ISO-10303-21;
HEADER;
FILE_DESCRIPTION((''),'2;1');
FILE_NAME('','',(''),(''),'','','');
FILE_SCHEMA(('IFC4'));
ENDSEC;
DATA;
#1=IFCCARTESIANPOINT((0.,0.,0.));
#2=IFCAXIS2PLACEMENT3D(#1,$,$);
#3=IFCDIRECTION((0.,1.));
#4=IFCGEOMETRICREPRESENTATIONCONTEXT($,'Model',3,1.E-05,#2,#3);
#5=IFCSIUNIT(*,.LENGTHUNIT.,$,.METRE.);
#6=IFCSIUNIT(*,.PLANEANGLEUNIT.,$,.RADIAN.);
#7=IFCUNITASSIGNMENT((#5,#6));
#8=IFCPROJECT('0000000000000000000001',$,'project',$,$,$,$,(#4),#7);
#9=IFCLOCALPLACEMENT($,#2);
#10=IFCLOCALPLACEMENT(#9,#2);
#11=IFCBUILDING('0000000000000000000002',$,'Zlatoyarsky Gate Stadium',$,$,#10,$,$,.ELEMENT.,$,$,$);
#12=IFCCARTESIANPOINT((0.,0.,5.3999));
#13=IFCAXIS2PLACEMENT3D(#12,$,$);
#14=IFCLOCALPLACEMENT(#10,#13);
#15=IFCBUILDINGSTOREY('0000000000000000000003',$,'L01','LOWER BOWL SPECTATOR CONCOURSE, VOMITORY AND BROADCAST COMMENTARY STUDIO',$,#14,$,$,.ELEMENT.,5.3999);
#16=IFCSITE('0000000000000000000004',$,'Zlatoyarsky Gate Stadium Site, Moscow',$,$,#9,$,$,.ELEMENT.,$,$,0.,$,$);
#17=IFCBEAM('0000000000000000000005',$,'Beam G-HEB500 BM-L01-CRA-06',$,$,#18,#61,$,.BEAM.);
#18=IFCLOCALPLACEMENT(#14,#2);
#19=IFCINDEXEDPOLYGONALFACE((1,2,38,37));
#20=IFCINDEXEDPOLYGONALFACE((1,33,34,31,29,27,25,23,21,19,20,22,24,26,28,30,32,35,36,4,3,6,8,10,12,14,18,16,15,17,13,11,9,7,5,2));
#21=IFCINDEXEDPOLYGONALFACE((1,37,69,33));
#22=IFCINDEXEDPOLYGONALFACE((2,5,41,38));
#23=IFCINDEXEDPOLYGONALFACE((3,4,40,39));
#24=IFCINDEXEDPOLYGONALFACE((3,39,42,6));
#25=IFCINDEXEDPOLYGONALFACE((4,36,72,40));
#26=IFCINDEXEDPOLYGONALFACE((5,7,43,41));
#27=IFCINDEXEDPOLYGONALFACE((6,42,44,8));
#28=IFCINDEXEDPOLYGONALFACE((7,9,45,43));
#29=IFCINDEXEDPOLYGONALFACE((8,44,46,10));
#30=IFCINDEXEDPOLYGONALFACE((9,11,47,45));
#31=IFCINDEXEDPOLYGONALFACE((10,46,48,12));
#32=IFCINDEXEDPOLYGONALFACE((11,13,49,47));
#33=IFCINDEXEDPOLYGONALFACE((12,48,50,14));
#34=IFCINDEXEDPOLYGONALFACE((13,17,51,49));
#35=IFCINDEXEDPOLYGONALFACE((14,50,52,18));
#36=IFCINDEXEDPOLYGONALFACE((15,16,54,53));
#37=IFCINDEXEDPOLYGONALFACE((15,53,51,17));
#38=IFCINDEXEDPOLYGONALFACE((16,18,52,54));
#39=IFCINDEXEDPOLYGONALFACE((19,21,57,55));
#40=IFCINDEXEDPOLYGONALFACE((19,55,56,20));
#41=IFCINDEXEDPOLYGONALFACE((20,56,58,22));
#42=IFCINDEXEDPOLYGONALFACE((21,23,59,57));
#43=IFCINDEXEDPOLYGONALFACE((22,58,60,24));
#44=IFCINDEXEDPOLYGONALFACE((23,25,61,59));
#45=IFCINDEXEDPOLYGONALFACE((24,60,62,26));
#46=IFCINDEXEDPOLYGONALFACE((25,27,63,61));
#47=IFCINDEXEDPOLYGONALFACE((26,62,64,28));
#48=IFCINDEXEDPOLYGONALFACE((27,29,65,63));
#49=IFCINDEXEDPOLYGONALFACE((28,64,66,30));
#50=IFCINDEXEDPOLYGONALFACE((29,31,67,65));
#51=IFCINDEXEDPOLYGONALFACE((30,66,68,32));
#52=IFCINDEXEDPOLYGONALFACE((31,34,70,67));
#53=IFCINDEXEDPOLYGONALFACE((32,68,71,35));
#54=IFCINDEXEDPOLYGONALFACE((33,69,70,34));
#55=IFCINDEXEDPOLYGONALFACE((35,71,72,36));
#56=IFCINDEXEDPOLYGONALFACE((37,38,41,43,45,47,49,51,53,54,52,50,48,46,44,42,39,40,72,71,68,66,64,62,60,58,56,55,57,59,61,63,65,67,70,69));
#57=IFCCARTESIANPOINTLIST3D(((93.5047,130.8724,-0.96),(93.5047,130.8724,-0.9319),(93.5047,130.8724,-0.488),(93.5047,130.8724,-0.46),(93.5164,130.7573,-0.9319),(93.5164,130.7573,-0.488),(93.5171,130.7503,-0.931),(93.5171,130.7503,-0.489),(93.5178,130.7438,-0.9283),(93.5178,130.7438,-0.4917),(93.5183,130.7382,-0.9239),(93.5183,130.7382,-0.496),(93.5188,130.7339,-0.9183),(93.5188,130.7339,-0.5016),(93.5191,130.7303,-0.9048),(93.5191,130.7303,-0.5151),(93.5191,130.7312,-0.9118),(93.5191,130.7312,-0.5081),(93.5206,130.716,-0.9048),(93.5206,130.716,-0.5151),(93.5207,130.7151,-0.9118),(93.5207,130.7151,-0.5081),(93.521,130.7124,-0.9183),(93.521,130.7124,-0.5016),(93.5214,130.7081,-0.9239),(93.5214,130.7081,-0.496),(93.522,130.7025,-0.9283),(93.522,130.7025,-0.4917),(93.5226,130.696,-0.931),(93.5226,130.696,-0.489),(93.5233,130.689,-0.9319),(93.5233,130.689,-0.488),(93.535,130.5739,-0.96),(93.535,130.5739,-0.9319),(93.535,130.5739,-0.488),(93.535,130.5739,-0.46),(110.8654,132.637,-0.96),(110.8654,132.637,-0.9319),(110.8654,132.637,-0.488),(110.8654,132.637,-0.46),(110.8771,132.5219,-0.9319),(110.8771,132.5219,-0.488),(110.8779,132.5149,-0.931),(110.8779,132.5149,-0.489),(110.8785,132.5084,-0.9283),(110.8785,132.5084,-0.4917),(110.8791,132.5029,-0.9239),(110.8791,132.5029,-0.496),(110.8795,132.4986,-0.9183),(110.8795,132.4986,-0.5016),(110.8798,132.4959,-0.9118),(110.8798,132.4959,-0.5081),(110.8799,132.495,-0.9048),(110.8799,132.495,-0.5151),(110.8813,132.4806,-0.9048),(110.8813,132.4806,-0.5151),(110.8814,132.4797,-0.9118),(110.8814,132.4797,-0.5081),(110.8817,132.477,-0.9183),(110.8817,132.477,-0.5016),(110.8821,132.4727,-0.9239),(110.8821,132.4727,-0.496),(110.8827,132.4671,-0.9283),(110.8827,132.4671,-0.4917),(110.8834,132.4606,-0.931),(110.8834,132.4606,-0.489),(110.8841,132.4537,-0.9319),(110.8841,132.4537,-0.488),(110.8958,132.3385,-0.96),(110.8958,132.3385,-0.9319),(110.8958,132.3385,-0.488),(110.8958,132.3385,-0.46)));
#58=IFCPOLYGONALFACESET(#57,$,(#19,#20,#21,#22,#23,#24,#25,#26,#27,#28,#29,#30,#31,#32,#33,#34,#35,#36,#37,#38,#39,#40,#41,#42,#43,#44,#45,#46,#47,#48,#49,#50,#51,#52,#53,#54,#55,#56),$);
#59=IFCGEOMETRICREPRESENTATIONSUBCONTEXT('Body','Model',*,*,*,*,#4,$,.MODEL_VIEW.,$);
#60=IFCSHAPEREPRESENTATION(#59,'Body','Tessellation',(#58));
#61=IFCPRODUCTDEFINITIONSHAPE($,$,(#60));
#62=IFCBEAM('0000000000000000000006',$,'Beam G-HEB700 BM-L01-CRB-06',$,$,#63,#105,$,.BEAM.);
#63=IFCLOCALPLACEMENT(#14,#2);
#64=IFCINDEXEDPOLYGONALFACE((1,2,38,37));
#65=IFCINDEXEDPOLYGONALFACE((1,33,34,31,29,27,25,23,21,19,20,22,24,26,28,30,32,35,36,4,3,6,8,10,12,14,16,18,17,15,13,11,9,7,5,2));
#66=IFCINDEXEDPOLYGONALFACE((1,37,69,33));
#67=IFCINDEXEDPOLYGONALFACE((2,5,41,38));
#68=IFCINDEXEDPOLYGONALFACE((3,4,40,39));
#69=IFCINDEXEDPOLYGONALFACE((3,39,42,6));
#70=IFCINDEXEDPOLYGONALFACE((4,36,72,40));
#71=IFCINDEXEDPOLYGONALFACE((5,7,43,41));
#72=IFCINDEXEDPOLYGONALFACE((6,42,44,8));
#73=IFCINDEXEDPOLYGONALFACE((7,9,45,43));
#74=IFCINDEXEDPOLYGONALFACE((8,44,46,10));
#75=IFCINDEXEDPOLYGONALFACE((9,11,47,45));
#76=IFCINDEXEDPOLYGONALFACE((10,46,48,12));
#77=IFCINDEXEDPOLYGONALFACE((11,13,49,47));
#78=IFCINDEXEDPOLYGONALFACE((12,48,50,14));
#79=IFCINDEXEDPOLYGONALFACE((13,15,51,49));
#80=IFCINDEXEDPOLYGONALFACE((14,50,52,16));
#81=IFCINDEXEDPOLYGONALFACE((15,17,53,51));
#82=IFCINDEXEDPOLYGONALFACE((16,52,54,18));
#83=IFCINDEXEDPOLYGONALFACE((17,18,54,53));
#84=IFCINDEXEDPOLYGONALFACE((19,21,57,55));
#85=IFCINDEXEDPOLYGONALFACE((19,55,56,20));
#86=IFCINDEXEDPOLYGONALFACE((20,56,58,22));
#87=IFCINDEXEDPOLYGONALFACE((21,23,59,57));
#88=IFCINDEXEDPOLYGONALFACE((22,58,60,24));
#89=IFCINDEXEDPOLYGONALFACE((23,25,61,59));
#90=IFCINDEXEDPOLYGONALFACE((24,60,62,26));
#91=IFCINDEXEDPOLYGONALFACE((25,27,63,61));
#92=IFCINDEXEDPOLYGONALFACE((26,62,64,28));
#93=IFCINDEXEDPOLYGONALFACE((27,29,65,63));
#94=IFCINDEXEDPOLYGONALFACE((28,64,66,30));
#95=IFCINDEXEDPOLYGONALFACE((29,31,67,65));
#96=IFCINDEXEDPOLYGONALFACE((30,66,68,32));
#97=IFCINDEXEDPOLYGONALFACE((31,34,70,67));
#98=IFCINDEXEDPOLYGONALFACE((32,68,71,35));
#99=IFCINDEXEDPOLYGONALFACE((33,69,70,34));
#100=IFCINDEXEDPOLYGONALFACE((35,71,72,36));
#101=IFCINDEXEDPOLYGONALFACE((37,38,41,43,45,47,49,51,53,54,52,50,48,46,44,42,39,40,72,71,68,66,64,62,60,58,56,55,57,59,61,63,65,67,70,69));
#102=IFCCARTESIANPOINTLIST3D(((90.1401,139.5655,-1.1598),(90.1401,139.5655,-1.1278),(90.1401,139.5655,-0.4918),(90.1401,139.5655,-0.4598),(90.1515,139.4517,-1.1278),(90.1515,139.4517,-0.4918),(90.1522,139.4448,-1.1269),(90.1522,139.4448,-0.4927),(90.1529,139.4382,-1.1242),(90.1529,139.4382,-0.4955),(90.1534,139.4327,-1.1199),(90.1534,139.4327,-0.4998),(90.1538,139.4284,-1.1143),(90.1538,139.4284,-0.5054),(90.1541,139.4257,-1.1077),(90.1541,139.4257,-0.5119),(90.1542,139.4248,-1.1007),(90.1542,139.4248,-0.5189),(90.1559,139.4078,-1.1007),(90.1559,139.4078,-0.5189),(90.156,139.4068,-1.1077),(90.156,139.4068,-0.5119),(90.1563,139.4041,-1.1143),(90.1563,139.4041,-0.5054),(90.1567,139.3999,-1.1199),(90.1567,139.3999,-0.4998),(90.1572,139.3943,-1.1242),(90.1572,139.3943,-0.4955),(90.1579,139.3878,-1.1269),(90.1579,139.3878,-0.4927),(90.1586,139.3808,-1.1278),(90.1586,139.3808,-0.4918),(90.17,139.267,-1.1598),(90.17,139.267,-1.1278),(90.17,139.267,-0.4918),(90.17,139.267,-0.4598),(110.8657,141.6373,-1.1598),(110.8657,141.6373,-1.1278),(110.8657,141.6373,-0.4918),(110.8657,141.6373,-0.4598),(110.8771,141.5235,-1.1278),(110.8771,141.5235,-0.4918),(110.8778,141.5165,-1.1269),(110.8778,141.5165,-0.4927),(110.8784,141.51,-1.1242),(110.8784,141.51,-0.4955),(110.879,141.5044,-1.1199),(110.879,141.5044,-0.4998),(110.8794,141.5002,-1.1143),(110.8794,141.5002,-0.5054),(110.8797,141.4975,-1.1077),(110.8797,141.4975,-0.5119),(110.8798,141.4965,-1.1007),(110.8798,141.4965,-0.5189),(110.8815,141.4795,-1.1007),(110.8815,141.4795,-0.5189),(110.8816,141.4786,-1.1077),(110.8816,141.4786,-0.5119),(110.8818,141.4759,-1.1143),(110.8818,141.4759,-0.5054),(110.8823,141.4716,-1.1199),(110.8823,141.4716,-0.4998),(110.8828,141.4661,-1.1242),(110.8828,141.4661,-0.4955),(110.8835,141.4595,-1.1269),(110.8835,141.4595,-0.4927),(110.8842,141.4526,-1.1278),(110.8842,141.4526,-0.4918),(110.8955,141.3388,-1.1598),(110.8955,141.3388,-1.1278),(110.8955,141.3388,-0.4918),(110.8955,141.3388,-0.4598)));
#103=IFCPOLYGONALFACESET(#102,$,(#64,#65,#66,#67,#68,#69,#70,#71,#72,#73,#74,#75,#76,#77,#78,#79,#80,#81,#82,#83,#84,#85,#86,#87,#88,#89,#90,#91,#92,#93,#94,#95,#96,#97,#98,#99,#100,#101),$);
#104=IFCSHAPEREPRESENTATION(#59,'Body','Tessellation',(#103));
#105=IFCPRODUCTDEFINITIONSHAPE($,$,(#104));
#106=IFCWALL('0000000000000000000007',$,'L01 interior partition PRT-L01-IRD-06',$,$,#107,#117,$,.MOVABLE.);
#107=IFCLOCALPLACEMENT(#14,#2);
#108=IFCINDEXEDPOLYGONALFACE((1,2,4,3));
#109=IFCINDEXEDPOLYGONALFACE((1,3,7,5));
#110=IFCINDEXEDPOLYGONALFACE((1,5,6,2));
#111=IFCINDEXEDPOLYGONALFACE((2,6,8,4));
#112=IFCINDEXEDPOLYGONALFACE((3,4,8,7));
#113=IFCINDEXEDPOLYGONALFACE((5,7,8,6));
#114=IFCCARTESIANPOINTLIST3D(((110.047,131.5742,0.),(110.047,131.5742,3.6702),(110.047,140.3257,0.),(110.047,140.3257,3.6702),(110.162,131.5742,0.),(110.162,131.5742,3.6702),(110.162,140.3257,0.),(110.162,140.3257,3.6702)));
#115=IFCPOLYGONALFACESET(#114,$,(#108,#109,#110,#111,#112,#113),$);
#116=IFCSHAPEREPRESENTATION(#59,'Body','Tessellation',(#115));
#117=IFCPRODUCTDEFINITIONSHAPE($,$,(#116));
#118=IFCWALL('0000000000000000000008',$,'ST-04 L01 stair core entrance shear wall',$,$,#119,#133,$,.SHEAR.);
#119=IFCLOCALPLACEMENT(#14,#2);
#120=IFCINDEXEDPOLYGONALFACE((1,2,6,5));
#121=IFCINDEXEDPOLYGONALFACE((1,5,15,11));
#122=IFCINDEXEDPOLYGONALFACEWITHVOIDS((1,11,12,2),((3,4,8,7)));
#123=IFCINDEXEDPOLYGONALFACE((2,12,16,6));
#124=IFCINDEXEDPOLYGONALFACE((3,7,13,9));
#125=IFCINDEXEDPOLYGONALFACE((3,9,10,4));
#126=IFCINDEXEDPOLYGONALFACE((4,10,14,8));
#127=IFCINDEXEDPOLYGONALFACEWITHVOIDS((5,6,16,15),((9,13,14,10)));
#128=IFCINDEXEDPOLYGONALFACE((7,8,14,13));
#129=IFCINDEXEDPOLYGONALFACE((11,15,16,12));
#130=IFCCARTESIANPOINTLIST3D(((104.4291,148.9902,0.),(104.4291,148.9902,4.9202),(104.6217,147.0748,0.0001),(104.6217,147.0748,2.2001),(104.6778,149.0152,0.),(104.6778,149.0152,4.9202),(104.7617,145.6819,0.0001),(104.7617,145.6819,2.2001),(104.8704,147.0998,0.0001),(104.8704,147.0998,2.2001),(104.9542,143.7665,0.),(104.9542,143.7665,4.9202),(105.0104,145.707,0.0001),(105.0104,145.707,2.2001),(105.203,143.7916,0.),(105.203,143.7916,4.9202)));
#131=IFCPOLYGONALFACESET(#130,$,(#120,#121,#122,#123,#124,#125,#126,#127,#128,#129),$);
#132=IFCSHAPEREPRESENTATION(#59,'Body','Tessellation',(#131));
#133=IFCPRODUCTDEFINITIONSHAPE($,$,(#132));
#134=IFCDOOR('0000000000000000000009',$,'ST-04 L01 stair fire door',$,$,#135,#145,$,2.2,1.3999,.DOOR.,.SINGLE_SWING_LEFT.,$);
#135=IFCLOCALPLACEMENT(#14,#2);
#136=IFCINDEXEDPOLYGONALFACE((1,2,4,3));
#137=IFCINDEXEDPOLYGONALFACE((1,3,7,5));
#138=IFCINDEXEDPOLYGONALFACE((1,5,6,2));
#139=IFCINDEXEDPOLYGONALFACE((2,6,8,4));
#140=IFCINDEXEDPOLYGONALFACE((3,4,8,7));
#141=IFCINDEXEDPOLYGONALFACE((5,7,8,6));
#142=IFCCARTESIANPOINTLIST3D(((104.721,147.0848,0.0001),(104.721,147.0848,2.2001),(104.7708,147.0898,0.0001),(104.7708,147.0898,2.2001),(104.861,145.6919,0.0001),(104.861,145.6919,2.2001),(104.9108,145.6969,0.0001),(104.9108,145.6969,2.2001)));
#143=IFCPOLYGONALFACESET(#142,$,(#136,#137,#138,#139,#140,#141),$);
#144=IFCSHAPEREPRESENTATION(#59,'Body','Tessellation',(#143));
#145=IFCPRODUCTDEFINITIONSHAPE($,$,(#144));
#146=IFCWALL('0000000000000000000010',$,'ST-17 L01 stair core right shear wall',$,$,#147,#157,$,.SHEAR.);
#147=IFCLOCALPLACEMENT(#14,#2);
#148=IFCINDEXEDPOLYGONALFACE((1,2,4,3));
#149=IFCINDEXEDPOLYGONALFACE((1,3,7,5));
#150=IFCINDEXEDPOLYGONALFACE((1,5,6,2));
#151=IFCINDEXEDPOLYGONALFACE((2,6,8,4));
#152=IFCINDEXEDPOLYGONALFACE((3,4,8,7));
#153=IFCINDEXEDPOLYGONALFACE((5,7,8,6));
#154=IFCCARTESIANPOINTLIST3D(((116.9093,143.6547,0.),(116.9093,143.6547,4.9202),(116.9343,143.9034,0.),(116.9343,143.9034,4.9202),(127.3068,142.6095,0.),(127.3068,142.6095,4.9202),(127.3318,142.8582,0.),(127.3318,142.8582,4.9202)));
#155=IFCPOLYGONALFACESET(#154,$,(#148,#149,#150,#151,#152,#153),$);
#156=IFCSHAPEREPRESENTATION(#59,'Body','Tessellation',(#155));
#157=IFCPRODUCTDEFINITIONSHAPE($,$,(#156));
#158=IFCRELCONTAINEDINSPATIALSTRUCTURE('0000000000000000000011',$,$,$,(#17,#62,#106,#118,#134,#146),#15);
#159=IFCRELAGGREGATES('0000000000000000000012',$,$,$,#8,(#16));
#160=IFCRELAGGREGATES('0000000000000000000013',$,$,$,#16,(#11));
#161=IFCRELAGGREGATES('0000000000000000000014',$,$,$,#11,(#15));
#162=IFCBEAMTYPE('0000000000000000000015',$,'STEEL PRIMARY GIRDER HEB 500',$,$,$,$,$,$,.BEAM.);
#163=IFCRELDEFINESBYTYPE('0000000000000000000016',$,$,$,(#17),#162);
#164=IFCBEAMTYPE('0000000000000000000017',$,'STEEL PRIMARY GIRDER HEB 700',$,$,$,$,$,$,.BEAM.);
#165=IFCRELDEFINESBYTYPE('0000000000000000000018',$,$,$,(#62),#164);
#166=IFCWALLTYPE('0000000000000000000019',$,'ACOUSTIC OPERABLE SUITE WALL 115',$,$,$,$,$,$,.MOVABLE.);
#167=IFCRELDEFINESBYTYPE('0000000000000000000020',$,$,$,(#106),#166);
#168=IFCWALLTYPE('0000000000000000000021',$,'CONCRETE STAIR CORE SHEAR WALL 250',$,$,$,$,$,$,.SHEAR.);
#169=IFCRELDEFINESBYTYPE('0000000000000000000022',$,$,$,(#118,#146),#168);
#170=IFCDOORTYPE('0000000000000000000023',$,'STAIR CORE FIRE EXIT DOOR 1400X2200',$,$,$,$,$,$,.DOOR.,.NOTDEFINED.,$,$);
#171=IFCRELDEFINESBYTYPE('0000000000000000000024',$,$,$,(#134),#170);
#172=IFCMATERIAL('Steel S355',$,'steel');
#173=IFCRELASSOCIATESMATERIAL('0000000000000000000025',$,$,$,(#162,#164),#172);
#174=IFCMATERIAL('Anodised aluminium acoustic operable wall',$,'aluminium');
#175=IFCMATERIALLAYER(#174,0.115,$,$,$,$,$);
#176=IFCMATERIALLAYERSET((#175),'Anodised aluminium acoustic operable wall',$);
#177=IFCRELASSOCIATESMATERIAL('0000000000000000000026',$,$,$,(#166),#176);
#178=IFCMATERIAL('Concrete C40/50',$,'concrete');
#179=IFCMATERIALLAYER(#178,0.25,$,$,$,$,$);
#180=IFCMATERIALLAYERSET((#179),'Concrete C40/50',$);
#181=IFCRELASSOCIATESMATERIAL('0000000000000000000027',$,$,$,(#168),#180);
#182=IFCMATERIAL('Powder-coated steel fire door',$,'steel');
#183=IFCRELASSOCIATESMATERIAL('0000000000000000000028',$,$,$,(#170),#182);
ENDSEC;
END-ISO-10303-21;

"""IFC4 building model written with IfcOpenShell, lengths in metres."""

from ifc_helpers import new_model, si_unit, direction, frame, frame_2d, origin, origin_2d, place, context, subcontext, project, spatial, rectangle, i_section, extrude, material, layer, layer_set, material_profile, profile_set, type_object, element, fill, save


model = new_model("IFC4")

# Units and contexts
model_context = context("Model", 3, precision=1e-05, world=origin(), true_north=direction((0.0, 1.0)))
body_context = subcontext(model_context, "Body", "Model", "MODEL_VIEW")
ifc_project = project(units=[si_unit("LENGTHUNIT", "METRE"), si_unit("PLANEANGLEUNIT", "RADIAN")], contexts=[model_context])

# Site, building, storey
site_placement = place(None, origin())
site = spatial("IfcSite", under=ifc_project, at=site_placement, Name="Zlatoyarsky Gate Stadium Site, Moscow", CompositionType="ELEMENT", RefElevation=0.0)
building_placement = place(site_placement, origin())
building = spatial("IfcBuilding", under=site, at=building_placement, Name="Zlatoyarsky Gate Stadium", CompositionType="ELEMENT")
storey_placement = place(building_placement, frame((0.0, 0.0, 5.3999)))
storey = spatial("IfcBuildingStorey", under=building, at=storey_placement, Name="L01", Description="LOWER BOWL SPECTATOR CONCOURSE, VOMITORY AND BROADCAST COMMENTARY STUDIO", CompositionType="ELEMENT", Elevation=5.3999)

# Shared definitions
ifc_material_1 = material(Name="Concrete C40/50", Category="concrete")

# Beams
ifc_material_2 = material(Name="Steel S355", Category="steel")
ifc_material_profile_1 = material_profile(ifc_material_2, i_section(OverallWidth=0.3, OverallDepth=0.5, WebThickness=0.0144, FlangeThickness=0.0281, FilletRadius=0.0271, at=origin_2d()), Name="HEB 500")
ifc_profile_set_1 = profile_set([ifc_material_profile_1], Name="Steel S355")
beam_type_1 = type_object("IfcBeamType", Name="STEEL PRIMARY GIRDER HEB 500", PredefinedType="BEAM", material=ifc_profile_set_1)
beam_1_placement = place(storey_placement, frame((110.8806, 132.4878, -0.71), z_axis=(-0.994874, -0.101124, 0.0), x_axis=(0.101124, -0.994874, 0.0)))
element("IfcBeam", 1, at=beam_1_placement, inside=storey, type_object=beam_type_1, Name="Beam G-HEB500 BM-L01-CRA-06", PredefinedType="BEAM", context=body_context, shape_type="SweptSolid", body=[
    extrude(i_section(OverallWidth=0.3, OverallDepth=0.5, WebThickness=0.0144, FlangeThickness=0.0281, FilletRadius=0.0271, at=origin_2d()), origin(), (0.0, 0.0, 1.0), 17.4502),
])
ifc_material_profile_2 = material_profile(ifc_material_2, i_section(OverallWidth=0.3, OverallDepth=0.7, WebThickness=0.0171, FlangeThickness=0.032, FilletRadius=0.0271, at=origin_2d()), Name="HEB 700")
ifc_profile_set_2 = profile_set([ifc_material_profile_2], Name="Steel S355")
beam_type_2 = type_object("IfcBeamType", Name="STEEL PRIMARY GIRDER HEB 700", PredefinedType="BEAM", material=ifc_profile_set_2)
beam_2_placement = place(storey_placement, frame((110.8806, 141.488, -0.8098), z_axis=(-0.995041, -0.099467, 0.0), x_axis=(0.099467, -0.995041, 0.0)))
element("IfcBeam", 2, at=beam_2_placement, inside=storey, type_object=beam_type_2, Name="Beam G-HEB700 BM-L01-CRB-06", PredefinedType="BEAM", context=body_context, shape_type="SweptSolid", body=[
    extrude(i_section(OverallWidth=0.3, OverallDepth=0.7, WebThickness=0.0171, FlangeThickness=0.032, FilletRadius=0.0271, at=origin_2d()), origin(), (0.0, 0.0, 1.0), 20.8289),
])

# Wall
ifc_material_3 = material(Name="Anodised aluminium acoustic operable wall", Category="aluminium")
ifc_layer_1 = layer(ifc_material_3, 0.115)
ifc_layer_set_1 = layer_set([ifc_layer_1], Name="Anodised aluminium acoustic operable wall")
wall_type_1 = type_object("IfcWallType", Name="ACOUSTIC OPERABLE SUITE WALL 115", PredefinedType="MOVABLE", material=ifc_layer_set_1)
wall_1_placement = place(storey_placement, frame((110.1045, 131.5742, 0.0), z_axis=(0.0, 0.0, 1.0), x_axis=(0.0, 1.0, 0.0)))
element("IfcWall", 3, at=wall_1_placement, inside=storey, type_object=wall_type_1, Name="L01 interior partition PRT-L01-IRD-06", PredefinedType="MOVABLE", context=body_context, shape_type="SweptSolid", body=[
    extrude(rectangle(XDim=8.7515, YDim=0.115, at=frame_2d((4.3757, 0.0))), origin(), (0.0, 0.0, 1.0), 3.6702),
])

# Wall, opening, door
ifc_layer_2 = layer(ifc_material_1, 0.25)
ifc_layer_set_2 = layer_set([ifc_layer_2], Name="Concrete C40/50")
wall_type_2 = type_object("IfcWallType", Name="CONCRETE STAIR CORE SHEAR WALL 250", PredefinedType="SHEAR", material=ifc_layer_set_2)
wall_2_placement = place(storey_placement, frame((105.0786, 143.7791, 0.0), z_axis=(0.0, 0.0, 1.0), x_axis=(-0.100029, 0.994985, 0.0)))
wall_2 = element("IfcWall", 4, at=wall_2_placement, inside=storey, type_object=wall_type_2, Name="ST-04 L01 stair core entrance shear wall", PredefinedType="SHEAR", context=body_context, shape_type="SweptSolid", body=[
    extrude(rectangle(XDim=5.25, YDim=0.25, at=frame_2d((2.625, 0.0))), origin(), (0.0, 0.0, 1.0), 4.9202),
])
opening_1_placement = place(wall_2_placement, frame((1.925, 0.0, 0.0)))
opening_1 = element("IfcOpeningElement", 5, at=opening_1_placement, cuts=wall_2, PredefinedType="OPENING", context=body_context, shape_type="SweptSolid", body=[
    extrude(rectangle(XDim=1.3999, YDim=2.2, at=frame_2d((0.7, 1.1001))), frame((0.0, 0.135, 0.0), z_axis=(0.0, -1.0, 0.0), x_axis=(1.0, 0.0, 0.0)), (0.0, 0.0, 1.0), 0.27),
])
ifc_material_4 = material(Name="Powder-coated steel fire door", Category="steel")
door_type_1 = type_object("IfcDoorType", Name="STAIR CORE FIRE EXIT DOOR 1400X2200", OperationType="NOTDEFINED", PredefinedType="DOOR", material=ifc_material_4)
door_1_placement = place(opening_1_placement, frame((1.3999, 0.0, 0.0), z_axis=(0.0, 0.0, 1.0), x_axis=(-1.0, 0.0, 0.0)))
door_1 = element("IfcDoor", 6, at=door_1_placement, inside=storey, type_object=door_type_1, Name="ST-04 L01 stair fire door", OperationType="SINGLE_SWING_LEFT", OverallHeight=2.2, OverallWidth=1.3999, PredefinedType="DOOR", context=body_context, shape_type="SweptSolid", body=[
    extrude(rectangle(XDim=1.3999, YDim=2.2, at=frame_2d((0.7, 1.1001))), frame((0.0, 0.0249, 0.0), z_axis=(0.0, -1.0, 0.0), x_axis=(1.0, 0.0, 0.0)), (0.0, 0.0, 1.0), 0.05),
])
fill(opening_1, door_1)

# Wall
wall_3_placement = place(storey_placement, frame((116.9216, 143.7791, 0.0), z_axis=(0.0, 0.0, 1.0), x_axis=(0.994986, -0.100017, 0.0)))
element("IfcWall", 7, at=wall_3_placement, inside=storey, type_object=wall_type_2, Name="ST-17 L01 stair core right shear wall", PredefinedType="SHEAR", context=body_context, shape_type="SweptSolid", body=[
    extrude(rectangle(XDim=10.45, YDim=0.25, at=frame_2d((5.2251, 0.0))), origin(), (0.0, 0.0, 1.0), 4.9202),
])

save(model, "model.ifc")
